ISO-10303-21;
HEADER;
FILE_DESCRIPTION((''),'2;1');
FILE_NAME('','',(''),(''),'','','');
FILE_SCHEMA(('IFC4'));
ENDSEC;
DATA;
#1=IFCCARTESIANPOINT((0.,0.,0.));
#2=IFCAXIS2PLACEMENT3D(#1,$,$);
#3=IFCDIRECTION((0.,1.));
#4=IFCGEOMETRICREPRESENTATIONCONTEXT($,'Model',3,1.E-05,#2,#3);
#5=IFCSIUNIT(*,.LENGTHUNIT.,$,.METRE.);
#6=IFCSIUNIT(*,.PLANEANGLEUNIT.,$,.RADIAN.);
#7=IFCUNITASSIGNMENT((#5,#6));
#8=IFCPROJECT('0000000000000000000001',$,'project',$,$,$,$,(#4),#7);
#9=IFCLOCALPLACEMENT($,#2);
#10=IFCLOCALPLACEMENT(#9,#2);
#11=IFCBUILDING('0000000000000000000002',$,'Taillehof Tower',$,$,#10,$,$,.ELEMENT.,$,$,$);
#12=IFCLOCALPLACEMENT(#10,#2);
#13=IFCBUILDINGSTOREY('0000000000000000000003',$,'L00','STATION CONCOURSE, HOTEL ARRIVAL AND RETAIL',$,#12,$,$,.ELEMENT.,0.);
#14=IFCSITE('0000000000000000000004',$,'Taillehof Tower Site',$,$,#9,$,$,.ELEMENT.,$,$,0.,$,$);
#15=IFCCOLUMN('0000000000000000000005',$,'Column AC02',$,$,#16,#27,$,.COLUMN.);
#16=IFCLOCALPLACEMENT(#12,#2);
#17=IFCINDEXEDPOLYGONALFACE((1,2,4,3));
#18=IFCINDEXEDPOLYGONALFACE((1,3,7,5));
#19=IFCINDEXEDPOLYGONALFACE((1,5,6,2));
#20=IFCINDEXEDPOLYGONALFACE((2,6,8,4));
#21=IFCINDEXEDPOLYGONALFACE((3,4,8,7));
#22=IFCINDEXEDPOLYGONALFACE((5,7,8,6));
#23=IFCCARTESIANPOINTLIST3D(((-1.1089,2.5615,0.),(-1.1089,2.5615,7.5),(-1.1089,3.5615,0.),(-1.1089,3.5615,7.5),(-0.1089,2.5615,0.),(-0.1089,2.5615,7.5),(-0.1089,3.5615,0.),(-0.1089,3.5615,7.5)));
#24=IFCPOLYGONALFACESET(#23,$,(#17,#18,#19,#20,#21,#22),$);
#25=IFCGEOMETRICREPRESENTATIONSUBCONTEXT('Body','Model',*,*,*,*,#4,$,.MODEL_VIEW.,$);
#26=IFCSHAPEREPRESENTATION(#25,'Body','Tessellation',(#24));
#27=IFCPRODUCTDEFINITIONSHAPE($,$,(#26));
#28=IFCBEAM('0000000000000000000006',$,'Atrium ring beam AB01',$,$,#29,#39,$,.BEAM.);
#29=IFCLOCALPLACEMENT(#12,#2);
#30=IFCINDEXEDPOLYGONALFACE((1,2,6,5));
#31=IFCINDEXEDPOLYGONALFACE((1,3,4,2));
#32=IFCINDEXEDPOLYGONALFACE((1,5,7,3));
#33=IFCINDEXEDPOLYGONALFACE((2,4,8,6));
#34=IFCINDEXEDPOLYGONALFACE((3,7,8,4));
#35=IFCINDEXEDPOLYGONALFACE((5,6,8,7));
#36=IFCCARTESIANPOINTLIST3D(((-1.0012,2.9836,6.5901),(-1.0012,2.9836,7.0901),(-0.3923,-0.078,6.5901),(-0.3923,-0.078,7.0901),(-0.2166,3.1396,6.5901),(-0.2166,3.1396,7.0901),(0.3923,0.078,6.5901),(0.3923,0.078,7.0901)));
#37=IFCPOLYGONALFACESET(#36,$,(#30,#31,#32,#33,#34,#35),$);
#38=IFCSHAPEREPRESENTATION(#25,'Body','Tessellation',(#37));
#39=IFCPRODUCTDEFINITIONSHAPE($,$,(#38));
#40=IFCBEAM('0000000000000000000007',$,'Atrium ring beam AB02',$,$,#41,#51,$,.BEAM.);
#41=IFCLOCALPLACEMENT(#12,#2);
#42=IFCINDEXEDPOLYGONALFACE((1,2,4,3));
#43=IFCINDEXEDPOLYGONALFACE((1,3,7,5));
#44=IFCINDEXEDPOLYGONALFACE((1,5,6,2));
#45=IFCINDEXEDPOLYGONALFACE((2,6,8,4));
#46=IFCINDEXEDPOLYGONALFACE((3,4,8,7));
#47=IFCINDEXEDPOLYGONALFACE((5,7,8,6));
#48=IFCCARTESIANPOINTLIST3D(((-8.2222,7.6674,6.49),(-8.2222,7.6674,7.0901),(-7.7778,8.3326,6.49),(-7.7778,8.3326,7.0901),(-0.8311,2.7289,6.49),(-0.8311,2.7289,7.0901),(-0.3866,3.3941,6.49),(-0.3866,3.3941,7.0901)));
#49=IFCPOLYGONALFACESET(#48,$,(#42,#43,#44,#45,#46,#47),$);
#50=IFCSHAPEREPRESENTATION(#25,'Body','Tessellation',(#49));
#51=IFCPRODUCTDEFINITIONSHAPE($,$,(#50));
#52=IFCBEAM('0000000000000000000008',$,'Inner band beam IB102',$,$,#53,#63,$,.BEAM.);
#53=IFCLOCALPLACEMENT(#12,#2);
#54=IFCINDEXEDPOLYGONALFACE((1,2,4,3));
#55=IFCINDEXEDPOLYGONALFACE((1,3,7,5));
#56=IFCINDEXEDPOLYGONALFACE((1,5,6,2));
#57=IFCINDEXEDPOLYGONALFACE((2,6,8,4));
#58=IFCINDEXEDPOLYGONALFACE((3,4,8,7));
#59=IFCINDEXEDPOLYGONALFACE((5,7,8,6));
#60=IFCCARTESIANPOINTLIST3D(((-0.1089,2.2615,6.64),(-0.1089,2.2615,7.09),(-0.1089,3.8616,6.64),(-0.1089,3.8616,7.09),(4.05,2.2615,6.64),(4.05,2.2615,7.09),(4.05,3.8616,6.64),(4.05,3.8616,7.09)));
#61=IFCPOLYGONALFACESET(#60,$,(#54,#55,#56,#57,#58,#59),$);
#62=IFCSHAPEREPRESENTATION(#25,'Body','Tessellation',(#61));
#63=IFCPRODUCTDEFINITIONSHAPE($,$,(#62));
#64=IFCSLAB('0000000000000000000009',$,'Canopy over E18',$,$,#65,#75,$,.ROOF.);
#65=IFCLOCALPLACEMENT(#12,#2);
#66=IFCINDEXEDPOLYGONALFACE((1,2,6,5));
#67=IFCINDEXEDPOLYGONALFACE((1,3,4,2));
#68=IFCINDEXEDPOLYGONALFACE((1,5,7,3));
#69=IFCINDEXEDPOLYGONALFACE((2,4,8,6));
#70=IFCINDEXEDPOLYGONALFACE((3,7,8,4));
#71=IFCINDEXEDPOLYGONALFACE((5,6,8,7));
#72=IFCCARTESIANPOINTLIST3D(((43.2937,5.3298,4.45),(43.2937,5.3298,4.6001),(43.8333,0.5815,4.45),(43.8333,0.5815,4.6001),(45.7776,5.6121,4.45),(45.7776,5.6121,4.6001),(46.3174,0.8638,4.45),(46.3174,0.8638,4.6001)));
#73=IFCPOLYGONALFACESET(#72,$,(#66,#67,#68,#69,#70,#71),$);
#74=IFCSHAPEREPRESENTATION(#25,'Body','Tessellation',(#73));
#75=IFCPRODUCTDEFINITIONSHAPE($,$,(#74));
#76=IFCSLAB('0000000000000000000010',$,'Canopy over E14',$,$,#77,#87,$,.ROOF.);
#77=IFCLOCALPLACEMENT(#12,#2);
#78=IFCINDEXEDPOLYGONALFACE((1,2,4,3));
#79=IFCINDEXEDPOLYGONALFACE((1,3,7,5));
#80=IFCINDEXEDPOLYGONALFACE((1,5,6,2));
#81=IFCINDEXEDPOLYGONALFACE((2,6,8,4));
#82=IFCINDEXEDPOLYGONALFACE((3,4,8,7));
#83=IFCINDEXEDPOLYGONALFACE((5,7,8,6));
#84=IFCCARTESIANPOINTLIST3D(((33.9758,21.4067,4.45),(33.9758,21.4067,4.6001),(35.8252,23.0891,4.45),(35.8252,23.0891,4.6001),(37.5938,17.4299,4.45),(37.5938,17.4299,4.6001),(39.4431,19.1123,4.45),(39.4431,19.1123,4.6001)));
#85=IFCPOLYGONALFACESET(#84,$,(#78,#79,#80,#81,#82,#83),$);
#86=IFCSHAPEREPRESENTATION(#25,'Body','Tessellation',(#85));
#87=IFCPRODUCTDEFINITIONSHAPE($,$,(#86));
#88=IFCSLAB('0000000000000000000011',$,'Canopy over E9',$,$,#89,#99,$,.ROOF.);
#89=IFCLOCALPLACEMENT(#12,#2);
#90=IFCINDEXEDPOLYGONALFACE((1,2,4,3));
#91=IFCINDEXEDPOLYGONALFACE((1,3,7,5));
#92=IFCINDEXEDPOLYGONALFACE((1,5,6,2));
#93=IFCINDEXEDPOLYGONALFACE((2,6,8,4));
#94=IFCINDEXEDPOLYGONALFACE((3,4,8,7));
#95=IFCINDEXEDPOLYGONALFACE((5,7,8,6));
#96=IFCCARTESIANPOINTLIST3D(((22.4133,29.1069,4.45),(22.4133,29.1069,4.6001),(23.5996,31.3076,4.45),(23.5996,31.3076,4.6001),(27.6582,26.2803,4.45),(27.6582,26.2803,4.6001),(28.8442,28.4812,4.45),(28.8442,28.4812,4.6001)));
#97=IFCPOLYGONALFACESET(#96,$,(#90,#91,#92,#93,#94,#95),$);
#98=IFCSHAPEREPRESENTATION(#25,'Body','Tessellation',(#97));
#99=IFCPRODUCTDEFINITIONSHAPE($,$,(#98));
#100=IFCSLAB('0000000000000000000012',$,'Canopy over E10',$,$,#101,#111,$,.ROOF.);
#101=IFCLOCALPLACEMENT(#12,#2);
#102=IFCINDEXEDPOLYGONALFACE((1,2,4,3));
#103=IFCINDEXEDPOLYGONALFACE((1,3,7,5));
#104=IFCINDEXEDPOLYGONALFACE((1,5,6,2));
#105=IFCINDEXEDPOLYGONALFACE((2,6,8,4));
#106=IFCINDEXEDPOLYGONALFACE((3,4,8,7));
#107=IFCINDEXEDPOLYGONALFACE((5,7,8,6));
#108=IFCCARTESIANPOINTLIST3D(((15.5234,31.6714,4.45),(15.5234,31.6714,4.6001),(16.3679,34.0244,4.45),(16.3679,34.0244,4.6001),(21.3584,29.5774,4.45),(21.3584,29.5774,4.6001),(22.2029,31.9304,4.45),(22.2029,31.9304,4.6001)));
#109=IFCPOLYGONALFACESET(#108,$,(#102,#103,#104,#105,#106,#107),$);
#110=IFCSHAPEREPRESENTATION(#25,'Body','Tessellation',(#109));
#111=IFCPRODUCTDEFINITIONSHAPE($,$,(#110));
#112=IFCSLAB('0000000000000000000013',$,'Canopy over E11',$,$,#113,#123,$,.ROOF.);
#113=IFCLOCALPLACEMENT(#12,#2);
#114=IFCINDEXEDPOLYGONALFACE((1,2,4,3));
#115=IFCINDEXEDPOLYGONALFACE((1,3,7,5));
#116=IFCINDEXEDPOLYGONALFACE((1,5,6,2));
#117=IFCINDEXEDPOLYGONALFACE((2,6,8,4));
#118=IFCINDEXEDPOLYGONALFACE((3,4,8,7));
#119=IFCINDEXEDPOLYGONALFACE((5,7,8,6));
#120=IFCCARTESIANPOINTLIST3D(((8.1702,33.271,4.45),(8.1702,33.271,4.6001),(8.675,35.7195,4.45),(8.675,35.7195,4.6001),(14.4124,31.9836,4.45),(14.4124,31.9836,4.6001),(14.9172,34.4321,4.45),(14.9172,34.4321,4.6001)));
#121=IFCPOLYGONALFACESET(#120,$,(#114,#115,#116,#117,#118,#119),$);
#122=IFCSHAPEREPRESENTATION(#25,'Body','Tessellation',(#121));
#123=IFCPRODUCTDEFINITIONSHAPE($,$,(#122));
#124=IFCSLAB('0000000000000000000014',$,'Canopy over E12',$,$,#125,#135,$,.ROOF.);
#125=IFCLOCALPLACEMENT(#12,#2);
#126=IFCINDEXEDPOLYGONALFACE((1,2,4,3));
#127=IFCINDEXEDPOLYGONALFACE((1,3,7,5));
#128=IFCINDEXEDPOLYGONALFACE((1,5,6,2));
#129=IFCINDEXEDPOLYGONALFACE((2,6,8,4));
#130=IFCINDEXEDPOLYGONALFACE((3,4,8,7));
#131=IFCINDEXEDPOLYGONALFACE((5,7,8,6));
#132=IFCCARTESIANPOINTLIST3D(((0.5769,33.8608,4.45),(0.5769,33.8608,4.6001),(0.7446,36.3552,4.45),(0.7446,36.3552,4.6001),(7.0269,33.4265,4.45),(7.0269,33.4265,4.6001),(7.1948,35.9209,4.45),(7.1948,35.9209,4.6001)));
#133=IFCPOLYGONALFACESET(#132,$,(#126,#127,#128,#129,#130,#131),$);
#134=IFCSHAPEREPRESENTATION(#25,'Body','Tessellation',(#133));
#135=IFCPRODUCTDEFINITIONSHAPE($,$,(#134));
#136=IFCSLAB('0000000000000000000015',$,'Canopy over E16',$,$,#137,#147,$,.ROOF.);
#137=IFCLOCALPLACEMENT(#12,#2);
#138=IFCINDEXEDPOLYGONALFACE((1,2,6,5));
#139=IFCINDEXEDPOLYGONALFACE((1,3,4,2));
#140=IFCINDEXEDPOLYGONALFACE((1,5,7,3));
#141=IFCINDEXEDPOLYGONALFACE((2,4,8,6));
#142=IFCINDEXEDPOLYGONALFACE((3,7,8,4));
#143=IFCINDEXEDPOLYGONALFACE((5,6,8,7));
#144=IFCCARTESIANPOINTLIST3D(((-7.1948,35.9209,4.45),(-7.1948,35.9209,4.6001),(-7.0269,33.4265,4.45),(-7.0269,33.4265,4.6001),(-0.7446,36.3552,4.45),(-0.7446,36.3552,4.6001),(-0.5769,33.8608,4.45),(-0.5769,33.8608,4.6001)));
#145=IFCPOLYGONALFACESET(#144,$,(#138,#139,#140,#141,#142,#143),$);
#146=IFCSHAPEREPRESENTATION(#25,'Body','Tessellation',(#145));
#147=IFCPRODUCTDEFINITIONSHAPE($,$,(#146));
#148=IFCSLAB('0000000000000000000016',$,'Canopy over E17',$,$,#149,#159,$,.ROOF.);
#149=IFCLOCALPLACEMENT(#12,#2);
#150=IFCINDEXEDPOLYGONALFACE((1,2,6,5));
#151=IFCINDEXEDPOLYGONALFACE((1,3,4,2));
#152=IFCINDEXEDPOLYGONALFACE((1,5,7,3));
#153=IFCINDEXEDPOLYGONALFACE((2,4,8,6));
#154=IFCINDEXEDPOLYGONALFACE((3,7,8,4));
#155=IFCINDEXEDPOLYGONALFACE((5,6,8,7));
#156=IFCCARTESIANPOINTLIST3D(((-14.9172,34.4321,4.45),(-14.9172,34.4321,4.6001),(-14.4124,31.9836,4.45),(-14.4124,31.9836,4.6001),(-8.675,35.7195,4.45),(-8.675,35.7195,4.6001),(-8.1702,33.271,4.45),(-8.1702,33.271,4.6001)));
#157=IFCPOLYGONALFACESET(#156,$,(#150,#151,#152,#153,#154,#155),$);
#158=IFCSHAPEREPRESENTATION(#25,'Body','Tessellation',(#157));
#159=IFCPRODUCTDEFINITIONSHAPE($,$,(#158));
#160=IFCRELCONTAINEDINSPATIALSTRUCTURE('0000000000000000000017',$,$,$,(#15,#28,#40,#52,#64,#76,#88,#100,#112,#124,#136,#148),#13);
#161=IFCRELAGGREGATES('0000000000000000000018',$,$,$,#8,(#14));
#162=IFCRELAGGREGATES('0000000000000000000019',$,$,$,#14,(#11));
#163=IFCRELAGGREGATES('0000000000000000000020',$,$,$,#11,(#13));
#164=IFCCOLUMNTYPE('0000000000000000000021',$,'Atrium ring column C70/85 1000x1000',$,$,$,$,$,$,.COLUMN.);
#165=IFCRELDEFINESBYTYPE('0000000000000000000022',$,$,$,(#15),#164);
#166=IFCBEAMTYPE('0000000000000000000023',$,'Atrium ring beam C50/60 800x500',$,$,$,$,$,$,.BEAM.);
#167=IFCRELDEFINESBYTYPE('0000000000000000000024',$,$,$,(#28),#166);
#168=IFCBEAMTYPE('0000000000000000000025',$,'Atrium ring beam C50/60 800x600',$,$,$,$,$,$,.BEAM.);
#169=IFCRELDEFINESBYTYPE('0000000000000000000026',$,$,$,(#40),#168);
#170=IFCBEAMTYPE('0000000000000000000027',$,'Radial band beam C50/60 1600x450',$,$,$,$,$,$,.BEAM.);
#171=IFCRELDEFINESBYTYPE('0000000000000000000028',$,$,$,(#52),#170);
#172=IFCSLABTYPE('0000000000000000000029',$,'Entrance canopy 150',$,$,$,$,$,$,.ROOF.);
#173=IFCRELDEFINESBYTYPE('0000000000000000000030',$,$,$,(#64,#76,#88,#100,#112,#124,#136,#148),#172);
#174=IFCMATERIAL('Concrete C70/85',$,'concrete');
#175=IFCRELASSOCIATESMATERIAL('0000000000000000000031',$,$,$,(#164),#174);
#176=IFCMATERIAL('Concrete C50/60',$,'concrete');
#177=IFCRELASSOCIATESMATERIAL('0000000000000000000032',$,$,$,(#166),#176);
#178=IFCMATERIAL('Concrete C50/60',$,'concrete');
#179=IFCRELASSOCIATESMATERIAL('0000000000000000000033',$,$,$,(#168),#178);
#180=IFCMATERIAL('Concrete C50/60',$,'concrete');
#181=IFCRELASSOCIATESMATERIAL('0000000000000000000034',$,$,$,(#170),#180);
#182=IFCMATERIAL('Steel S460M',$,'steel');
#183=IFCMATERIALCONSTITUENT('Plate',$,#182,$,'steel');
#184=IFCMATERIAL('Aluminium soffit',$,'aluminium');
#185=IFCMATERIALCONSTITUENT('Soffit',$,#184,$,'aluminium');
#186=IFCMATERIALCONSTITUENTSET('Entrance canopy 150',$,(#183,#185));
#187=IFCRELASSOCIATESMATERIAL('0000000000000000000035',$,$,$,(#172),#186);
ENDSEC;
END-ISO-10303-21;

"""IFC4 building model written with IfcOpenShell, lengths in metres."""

from ifc_helpers import new_model, si_unit, direction, frame, origin, origin_2d, place, context, subcontext, project, spatial, polyline, rectangle, outline, extrude, material, constituent, constituent_set, material_profile, profile_set, type_object, element, save


model = new_model("IFC4")

# Units and contexts
model_context = context("Model", 3, precision=1e-05, world=origin(), true_north=direction((0.0, 1.0)))
body_context = subcontext(model_context, "Body", "Model", "MODEL_VIEW")
ifc_project = project(units=[si_unit("LENGTHUNIT", "METRE"), si_unit("PLANEANGLEUNIT", "RADIAN")], contexts=[model_context])

# Site, building, storey
site_placement = place(None, origin())
site = spatial("IfcSite", under=ifc_project, at=site_placement, Name="Taillehof Tower Site", CompositionType="ELEMENT", RefElevation=0.0)
building_placement = place(site_placement, origin())
building = spatial("IfcBuilding", under=site, at=building_placement, Name="Taillehof Tower", CompositionType="ELEMENT")
storey_placement = place(building_placement, origin())
storey = spatial("IfcBuildingStorey", under=building, at=storey_placement, Name="L00", Description="STATION CONCOURSE, HOTEL ARRIVAL AND RETAIL", CompositionType="ELEMENT", Elevation=0.0)

# Column
ifc_material_1 = material(Name="Concrete C70/85", Category="concrete")
ifc_material_profile_1 = material_profile(ifc_material_1, rectangle(XDim=1.0, YDim=1.0, at=origin_2d()), Name="RC 1000x1000")
ifc_profile_set_1 = profile_set([ifc_material_profile_1], Name="Concrete C70/85")
column_type_1 = type_object("IfcColumnType", Name="Atrium ring column C70/85 1000x1000", PredefinedType="COLUMN", material=ifc_profile_set_1)
column_1_placement = place(storey_placement, frame((-0.6089, 3.0615, 0.0), z_axis=(0.0, 0.0, 1.0), x_axis=(1.0, 0.0, 0.0)))
element("IfcColumn", 1, at=column_1_placement, inside=storey, type_object=column_type_1, Name="Column AC02", PredefinedType="COLUMN", context=body_context, shape_type="SweptSolid", body=[
    extrude(rectangle(XDim=1.0, YDim=1.0, at=origin_2d()), origin(), (0.0, 0.0, 1.0), 7.5),
])

# Beams
ifc_material_2 = material(Name="Concrete C50/60", Category="concrete")
ifc_material_profile_2 = material_profile(ifc_material_2, rectangle(XDim=0.8, YDim=0.5, at=origin_2d()), Name="RC 800x500")
ifc_profile_set_2 = profile_set([ifc_material_profile_2], Name="Concrete C50/60")
beam_type_1 = type_object("IfcBeamType", Name="Atrium ring beam C50/60 800x500", PredefinedType="BEAM", material=ifc_profile_set_2)
beam_1_placement = place(storey_placement, frame((0.0, 0.0, 6.8401), z_axis=(-0.195063, 0.980791, 0.0), x_axis=(-0.980791, -0.195063, 0.0)))
element("IfcBeam", 2, at=beam_1_placement, inside=storey, type_object=beam_type_1, Name="Atrium ring beam AB01", PredefinedType="BEAM", context=body_context, shape_type="SweptSolid", body=[
    extrude(rectangle(XDim=0.8, YDim=0.5, at=origin_2d()), origin(), (0.0, 0.0, 1.0), 3.1216),
])
ifc_material_3 = material(Name="Concrete C50/60", Category="concrete")
ifc_material_profile_3 = material_profile(ifc_material_3, rectangle(XDim=0.8, YDim=0.6001, at=origin_2d()), Name="RC 800x600")
ifc_profile_set_3 = profile_set([ifc_material_profile_3], Name="Concrete C50/60")
beam_type_2 = type_object("IfcBeamType", Name="Atrium ring beam C50/60 800x600", PredefinedType="BEAM", material=ifc_profile_set_3)
beam_2_placement = place(storey_placement, frame((-0.6089, 3.0615, 6.79), z_axis=(-0.831475, 0.555562, 0.0), x_axis=(-0.555562, -0.831475, 0.0)))
element("IfcBeam", 3, at=beam_2_placement, inside=storey, type_object=beam_type_2, Name="Atrium ring beam AB02", PredefinedType="BEAM", context=body_context, shape_type="SweptSolid", body=[
    extrude(rectangle(XDim=0.8, YDim=0.6001, at=origin_2d()), origin(), (0.0, 0.0, 1.0), 8.8892),
])
ifc_material_4 = material(Name="Concrete C50/60", Category="concrete")
ifc_material_profile_4 = material_profile(ifc_material_4, rectangle(XDim=1.6001, YDim=0.45, at=origin_2d()), Name="RC 1600x450")
ifc_profile_set_4 = profile_set([ifc_material_profile_4], Name="Concrete C50/60")
beam_type_3 = type_object("IfcBeamType", Name="Radial band beam C50/60 1600x450", PredefinedType="BEAM", material=ifc_profile_set_4)
beam_3_placement = place(storey_placement, frame((-0.1089, 3.0615, 6.865), z_axis=(1.0, 0.0, 0.0), x_axis=(0.0, 1.0, 0.0)))
element("IfcBeam", 4, at=beam_3_placement, inside=storey, type_object=beam_type_3, Name="Inner band beam IB102", PredefinedType="BEAM", context=body_context, shape_type="SweptSolid", body=[
    extrude(rectangle(XDim=1.6001, YDim=0.45, at=origin_2d()), origin(), (0.0, 0.0, 1.0), 4.1589),
])

# Slabs
ifc_material_5 = material(Name="Steel S460M", Category="steel")
ifc_constituent_1 = constituent(ifc_material_5, Name="Plate", Category="steel")
ifc_material_6 = material(Name="Aluminium soffit", Category="aluminium")
ifc_constituent_2 = constituent(ifc_material_6, Name="Soffit", Category="aluminium")
ifc_constituent_set = constituent_set(constituents=[ifc_constituent_1, ifc_constituent_2], Name="Entrance canopy 150")
slab_type_1 = type_object("IfcSlabType", Name="Entrance canopy 150", PredefinedType="ROOF", material=ifc_constituent_set)
slab_1_placement = place(storey_placement, frame((0.0, 0.0, 4.45)))
element("IfcSlab", 5, at=slab_1_placement, inside=storey, type_object=slab_type_1, Name="Canopy over E18", PredefinedType="ROOF", context=body_context, shape_type="SweptSolid", body=[
    extrude(outline(polyline([(43.8333, 0.5815), (43.2937, 5.3298), (45.7776, 5.6121), (46.3174, 0.8638), (43.8333, 0.5815)])), origin(), (0.0, 0.0, 1.0), 0.1501),
])
slab_2_placement = place(storey_placement, frame((0.0, 0.0, 4.45)))
element("IfcSlab", 6, at=slab_2_placement, inside=storey, type_object=slab_type_1, Name="Canopy over E14", PredefinedType="ROOF", context=body_context, shape_type="SweptSolid", body=[
    extrude(outline(polyline([(37.5938, 17.4299), (33.9758, 21.4067), (35.8252, 23.0891), (39.4431, 19.1123), (37.5938, 17.4299)])), origin(), (0.0, 0.0, 1.0), 0.1501),
])
slab_3_placement = place(storey_placement, frame((0.0, 0.0, 4.45)))
element("IfcSlab", 7, at=slab_3_placement, inside=storey, type_object=slab_type_1, Name="Canopy over E9", PredefinedType="ROOF", context=body_context, shape_type="SweptSolid", body=[
    extrude(outline(polyline([(27.6582, 26.2803), (22.4133, 29.1069), (23.5996, 31.3076), (28.8442, 28.4812), (27.6582, 26.2803)])), origin(), (0.0, 0.0, 1.0), 0.1501),
])
slab_4_placement = place(storey_placement, frame((0.0, 0.0, 4.45)))
element("IfcSlab", 8, at=slab_4_placement, inside=storey, type_object=slab_type_1, Name="Canopy over E10", PredefinedType="ROOF", context=body_context, shape_type="SweptSolid", body=[
    extrude(outline(polyline([(21.3584, 29.5774), (15.5234, 31.6714), (16.3679, 34.0244), (22.2029, 31.9304), (21.3584, 29.5774)])), origin(), (0.0, 0.0, 1.0), 0.1501),
])
slab_5_placement = place(storey_placement, frame((0.0, 0.0, 4.45)))
element("IfcSlab", 9, at=slab_5_placement, inside=storey, type_object=slab_type_1, Name="Canopy over E11", PredefinedType="ROOF", context=body_context, shape_type="SweptSolid", body=[
    extrude(outline(polyline([(14.4124, 31.9836), (8.1702, 33.271), (8.675, 35.7195), (14.9172, 34.4321), (14.4124, 31.9836)])), origin(), (0.0, 0.0, 1.0), 0.1501),
])
slab_6_placement = place(storey_placement, frame((0.0, 0.0, 4.45)))
element("IfcSlab", 10, at=slab_6_placement, inside=storey, type_object=slab_type_1, Name="Canopy over E12", PredefinedType="ROOF", context=body_context, shape_type="SweptSolid", body=[
    extrude(outline(polyline([(7.0269, 33.4265), (0.5769, 33.8608), (0.7446, 36.3552), (7.1948, 35.9209), (7.0269, 33.4265)])), origin(), (0.0, 0.0, 1.0), 0.1501),
])
slab_7_placement = place(storey_placement, frame((0.0, 0.0, 4.45)))
element("IfcSlab", 11, at=slab_7_placement, inside=storey, type_object=slab_type_1, Name="Canopy over E16", PredefinedType="ROOF", context=body_context, shape_type="SweptSolid", body=[
    extrude(outline(polyline([(-0.5769, 33.8608), (-7.0269, 33.4265), (-7.1948, 35.9209), (-0.7446, 36.3552), (-0.5769, 33.8608)])), origin(), (0.0, 0.0, 1.0), 0.1501),
])
slab_8_placement = place(storey_placement, frame((0.0, 0.0, 4.45)))
element("IfcSlab", 12, at=slab_8_placement, inside=storey, type_object=slab_type_1, Name="Canopy over E17", PredefinedType="ROOF", context=body_context, shape_type="SweptSolid", body=[
    extrude(outline(polyline([(-8.1702, 33.271), (-14.4124, 31.9836), (-14.9172, 34.4321), (-8.675, 35.7195), (-8.1702, 33.271)])), origin(), (0.0, 0.0, 1.0), 0.1501),
])

save(model, "model.ifc")
